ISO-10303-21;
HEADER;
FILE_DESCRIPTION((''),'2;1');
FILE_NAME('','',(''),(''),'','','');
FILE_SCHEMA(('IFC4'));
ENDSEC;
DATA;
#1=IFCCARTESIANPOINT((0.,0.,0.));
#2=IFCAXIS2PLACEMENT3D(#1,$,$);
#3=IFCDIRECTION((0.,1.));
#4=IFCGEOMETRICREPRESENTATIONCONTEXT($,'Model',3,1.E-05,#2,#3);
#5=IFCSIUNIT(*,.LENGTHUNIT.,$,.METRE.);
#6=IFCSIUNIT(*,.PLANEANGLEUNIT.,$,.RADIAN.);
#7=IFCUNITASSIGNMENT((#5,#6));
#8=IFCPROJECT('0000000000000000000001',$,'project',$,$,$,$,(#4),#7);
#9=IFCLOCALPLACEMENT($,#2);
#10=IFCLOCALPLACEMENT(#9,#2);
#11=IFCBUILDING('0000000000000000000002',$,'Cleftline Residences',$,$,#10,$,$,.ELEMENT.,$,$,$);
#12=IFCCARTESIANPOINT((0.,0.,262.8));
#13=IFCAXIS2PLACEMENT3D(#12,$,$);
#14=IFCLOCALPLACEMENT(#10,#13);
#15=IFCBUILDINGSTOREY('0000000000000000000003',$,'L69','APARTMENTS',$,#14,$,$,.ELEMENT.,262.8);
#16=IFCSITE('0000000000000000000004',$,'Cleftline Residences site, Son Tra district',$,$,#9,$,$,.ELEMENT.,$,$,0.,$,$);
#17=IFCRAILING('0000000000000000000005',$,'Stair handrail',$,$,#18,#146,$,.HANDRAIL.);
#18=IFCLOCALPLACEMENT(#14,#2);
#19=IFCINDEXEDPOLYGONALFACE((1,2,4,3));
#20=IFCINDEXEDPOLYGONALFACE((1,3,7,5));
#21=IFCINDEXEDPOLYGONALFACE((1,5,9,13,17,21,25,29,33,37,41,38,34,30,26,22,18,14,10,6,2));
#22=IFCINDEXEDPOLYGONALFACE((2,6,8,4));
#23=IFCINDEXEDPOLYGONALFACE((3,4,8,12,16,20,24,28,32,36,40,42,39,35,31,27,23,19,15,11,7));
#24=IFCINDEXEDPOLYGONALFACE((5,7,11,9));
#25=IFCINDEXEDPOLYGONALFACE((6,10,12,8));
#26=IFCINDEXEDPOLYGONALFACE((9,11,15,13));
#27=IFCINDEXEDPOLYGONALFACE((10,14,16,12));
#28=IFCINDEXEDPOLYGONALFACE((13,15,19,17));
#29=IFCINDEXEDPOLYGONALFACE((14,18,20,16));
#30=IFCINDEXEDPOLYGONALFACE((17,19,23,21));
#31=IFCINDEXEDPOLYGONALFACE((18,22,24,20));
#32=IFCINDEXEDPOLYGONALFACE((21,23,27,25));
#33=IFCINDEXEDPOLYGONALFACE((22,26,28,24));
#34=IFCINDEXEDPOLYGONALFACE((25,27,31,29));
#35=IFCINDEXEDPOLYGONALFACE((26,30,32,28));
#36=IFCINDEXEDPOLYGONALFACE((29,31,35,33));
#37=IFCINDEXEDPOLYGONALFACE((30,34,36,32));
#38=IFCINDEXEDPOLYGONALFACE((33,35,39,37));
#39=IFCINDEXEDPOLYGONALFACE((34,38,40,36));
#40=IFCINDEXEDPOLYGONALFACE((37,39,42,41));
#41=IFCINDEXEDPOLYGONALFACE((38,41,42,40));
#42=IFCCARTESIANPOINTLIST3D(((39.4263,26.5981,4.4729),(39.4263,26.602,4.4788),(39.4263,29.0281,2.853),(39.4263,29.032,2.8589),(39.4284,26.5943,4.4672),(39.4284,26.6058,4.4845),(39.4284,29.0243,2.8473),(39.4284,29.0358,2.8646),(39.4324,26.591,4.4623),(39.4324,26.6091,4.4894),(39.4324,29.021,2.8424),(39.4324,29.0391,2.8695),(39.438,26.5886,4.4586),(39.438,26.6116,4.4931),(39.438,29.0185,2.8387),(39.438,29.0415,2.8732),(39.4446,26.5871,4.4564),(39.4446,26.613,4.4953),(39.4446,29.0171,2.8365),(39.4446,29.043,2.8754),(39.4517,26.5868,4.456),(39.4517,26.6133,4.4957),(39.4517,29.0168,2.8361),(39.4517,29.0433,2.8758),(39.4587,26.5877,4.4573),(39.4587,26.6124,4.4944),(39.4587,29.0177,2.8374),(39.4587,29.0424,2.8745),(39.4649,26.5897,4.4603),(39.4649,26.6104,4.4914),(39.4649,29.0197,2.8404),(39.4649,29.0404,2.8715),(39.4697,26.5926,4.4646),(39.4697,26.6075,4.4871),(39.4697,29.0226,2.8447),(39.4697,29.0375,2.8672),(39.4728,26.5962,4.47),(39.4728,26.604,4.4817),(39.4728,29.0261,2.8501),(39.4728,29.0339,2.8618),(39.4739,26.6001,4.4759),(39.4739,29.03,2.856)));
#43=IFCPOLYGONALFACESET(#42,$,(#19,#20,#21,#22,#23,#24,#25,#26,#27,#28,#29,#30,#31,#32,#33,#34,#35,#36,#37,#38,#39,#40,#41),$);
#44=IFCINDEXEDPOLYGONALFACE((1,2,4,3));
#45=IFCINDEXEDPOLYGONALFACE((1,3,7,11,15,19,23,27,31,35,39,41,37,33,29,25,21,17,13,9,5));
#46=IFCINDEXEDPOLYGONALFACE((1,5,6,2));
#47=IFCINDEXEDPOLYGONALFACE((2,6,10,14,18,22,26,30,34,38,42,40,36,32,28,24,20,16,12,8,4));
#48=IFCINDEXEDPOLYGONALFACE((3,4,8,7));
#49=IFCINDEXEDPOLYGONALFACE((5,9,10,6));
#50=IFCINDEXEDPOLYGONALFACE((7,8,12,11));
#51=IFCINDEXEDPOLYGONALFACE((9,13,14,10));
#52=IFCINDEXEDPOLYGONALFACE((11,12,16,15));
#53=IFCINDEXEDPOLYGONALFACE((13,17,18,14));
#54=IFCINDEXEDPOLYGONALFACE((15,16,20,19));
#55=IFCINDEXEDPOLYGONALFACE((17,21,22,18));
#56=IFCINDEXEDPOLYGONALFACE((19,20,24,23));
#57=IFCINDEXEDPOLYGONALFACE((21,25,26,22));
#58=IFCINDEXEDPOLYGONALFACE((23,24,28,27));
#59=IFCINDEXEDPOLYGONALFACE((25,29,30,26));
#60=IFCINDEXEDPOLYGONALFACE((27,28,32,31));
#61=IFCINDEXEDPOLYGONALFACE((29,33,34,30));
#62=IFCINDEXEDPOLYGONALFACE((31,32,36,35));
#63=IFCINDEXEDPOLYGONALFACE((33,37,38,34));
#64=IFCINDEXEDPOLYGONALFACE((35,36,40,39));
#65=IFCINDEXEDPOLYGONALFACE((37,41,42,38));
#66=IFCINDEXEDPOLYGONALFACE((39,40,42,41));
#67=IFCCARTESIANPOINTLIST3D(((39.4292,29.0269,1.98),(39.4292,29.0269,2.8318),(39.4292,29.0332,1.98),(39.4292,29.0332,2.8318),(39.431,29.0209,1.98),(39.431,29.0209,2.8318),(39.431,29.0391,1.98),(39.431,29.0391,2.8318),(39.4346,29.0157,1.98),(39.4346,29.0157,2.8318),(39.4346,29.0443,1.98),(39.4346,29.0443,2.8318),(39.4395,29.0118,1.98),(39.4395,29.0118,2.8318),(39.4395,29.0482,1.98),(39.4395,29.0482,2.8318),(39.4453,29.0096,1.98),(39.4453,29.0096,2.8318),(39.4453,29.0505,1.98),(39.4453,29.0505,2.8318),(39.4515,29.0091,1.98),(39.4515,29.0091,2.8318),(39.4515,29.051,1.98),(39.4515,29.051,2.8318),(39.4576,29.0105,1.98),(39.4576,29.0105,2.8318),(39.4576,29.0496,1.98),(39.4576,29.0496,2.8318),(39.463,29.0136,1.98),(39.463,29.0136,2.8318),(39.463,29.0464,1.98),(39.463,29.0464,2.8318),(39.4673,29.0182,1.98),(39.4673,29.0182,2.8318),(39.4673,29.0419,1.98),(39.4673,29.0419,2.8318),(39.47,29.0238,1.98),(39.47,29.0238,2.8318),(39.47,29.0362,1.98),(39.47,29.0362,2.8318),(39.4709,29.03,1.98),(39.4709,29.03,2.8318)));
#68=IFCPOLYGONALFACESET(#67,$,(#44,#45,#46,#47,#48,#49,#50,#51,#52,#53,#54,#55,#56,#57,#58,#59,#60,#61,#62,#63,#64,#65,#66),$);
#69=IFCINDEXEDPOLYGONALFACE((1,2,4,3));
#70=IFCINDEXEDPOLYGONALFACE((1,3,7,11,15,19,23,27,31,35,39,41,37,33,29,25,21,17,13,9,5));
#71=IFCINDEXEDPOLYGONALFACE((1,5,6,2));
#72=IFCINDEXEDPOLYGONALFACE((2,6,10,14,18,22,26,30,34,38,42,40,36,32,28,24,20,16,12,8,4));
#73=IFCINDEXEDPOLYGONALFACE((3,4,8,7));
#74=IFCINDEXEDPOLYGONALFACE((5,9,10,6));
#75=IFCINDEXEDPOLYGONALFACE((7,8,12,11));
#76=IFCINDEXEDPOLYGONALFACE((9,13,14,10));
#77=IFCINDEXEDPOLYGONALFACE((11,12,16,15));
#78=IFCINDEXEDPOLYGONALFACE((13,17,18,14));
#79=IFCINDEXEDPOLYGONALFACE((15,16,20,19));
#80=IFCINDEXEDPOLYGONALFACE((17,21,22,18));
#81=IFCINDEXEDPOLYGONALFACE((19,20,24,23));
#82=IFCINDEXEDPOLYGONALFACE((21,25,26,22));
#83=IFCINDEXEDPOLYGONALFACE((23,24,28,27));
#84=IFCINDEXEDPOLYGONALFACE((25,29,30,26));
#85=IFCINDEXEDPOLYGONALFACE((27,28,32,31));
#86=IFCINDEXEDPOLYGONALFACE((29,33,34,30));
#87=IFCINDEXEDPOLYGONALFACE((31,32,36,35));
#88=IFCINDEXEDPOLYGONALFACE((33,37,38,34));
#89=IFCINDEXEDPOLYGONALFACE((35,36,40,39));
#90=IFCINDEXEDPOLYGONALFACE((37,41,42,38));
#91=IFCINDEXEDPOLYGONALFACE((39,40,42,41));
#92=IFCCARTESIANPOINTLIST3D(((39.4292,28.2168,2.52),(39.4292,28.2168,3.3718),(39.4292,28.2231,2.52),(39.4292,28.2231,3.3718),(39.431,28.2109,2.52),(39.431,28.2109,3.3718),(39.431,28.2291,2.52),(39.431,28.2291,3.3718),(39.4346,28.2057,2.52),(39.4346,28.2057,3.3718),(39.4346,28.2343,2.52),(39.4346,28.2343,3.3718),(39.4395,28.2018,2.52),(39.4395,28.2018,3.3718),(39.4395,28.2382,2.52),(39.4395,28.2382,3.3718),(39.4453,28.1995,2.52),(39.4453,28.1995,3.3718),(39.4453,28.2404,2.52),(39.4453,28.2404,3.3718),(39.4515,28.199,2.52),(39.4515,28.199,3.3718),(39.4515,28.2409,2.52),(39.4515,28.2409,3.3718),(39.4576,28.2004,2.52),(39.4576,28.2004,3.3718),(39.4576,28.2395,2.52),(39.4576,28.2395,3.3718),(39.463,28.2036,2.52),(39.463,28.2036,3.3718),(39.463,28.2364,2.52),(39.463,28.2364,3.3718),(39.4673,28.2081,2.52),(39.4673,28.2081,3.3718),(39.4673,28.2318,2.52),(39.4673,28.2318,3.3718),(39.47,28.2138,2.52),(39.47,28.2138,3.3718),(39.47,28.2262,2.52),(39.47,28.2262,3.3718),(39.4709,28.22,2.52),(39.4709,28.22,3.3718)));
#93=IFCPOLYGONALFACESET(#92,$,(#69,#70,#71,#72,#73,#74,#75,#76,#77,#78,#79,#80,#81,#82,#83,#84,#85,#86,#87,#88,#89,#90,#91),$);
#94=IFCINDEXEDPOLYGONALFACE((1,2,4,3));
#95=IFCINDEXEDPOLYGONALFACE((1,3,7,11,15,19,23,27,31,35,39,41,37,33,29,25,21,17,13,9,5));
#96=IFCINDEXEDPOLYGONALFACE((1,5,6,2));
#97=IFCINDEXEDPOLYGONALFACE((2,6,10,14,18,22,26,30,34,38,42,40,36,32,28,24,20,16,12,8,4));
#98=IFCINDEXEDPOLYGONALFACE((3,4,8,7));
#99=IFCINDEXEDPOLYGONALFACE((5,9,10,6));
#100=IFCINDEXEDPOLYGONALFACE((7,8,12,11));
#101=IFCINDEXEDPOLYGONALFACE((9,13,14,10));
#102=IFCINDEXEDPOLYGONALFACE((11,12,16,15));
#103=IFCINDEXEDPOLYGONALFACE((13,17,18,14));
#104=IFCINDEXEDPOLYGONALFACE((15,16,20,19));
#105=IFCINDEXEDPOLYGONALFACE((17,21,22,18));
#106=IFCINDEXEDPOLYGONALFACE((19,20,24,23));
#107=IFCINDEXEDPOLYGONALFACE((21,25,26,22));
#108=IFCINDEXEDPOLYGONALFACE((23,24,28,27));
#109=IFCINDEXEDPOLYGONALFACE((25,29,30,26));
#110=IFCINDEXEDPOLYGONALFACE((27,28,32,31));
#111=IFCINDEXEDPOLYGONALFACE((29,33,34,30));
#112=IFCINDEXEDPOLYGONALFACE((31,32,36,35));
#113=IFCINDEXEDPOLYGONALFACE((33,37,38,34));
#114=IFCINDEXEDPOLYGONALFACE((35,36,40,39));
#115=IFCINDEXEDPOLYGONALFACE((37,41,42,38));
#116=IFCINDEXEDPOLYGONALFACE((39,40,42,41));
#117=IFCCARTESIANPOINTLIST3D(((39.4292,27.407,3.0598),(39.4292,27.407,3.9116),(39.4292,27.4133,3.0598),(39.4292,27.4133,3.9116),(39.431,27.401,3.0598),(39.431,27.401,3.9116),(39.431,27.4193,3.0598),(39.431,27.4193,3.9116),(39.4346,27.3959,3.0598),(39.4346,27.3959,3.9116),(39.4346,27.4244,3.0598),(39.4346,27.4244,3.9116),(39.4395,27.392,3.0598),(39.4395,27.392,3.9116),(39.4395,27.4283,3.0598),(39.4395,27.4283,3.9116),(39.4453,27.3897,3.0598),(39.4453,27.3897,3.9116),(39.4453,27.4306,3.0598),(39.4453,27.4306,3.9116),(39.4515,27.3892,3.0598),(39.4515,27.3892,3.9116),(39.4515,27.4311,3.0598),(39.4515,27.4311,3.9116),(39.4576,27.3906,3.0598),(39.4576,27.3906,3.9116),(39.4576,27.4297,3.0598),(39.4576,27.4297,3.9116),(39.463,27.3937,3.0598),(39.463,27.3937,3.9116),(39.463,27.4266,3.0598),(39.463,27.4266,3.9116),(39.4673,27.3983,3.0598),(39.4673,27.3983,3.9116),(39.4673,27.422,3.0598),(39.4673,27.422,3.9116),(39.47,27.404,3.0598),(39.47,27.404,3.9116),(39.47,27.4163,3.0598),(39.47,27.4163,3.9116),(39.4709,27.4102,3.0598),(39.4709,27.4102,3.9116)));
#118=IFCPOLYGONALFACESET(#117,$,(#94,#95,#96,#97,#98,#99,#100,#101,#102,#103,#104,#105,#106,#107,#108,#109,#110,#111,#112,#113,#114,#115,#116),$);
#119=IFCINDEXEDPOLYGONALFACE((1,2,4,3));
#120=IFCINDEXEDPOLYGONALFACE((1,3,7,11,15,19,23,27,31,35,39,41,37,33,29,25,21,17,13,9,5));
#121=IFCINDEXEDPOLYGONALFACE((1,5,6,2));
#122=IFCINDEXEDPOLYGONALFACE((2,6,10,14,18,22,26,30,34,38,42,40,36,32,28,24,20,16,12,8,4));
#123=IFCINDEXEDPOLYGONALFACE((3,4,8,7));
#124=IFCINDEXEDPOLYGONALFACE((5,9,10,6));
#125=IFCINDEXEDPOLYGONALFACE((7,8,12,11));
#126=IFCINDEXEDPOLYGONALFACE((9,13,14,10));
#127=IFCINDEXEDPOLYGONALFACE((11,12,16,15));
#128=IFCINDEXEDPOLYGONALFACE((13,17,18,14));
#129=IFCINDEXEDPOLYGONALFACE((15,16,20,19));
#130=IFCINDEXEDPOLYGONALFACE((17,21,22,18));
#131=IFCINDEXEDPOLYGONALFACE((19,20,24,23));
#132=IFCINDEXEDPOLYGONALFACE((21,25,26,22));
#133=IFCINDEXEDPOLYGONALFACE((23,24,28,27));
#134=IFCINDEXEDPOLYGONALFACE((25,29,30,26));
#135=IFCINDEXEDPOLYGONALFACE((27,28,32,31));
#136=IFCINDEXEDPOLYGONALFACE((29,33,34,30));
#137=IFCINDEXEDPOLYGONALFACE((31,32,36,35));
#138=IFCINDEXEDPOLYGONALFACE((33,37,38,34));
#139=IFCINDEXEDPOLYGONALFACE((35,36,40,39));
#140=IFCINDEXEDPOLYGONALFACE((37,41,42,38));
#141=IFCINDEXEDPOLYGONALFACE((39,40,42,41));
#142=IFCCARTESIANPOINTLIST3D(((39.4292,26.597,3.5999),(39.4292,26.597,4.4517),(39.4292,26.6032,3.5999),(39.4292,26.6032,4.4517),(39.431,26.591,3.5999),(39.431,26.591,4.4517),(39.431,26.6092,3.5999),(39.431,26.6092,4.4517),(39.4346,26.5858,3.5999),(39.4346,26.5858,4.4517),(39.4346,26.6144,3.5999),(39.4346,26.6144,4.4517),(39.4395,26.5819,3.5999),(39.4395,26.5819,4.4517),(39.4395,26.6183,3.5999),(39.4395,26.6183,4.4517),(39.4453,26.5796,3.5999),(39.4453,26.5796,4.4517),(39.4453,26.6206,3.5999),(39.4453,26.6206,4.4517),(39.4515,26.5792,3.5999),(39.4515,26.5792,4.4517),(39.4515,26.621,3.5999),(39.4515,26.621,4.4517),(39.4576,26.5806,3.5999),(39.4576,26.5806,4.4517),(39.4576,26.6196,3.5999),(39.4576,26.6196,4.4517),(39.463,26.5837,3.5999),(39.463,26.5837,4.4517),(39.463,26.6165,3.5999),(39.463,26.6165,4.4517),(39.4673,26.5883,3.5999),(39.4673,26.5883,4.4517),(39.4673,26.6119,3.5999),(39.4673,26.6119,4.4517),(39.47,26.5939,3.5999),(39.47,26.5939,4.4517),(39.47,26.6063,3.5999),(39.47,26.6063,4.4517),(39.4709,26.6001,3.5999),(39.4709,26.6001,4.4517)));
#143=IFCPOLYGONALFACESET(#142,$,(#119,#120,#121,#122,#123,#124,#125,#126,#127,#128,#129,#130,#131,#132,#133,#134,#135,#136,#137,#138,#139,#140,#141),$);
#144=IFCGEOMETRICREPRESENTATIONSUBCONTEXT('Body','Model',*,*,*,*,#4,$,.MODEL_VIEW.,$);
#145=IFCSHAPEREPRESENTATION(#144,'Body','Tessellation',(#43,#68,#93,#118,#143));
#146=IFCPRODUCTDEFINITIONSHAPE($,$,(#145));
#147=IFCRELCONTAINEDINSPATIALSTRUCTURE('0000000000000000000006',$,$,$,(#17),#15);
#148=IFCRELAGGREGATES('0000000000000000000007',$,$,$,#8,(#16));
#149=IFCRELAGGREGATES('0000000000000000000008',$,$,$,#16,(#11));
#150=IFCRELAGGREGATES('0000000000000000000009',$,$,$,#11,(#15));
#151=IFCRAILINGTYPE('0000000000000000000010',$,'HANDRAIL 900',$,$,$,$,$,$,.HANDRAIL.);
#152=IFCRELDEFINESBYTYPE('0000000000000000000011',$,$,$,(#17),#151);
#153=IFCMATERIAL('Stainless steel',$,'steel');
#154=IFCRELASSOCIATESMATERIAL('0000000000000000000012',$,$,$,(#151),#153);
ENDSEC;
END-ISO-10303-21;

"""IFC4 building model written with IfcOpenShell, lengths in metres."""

from ifc_helpers import new_model, si_unit, direction, frame, origin, origin_2d, place, context, subcontext, project, spatial, circle, extrude, material, type_object, element, save


model = new_model("IFC4")

# Units and contexts
model_context = context("Model", 3, precision=1e-05, world=origin(), true_north=direction((0.0, 1.0)))
body_context = subcontext(model_context, "Body", "Model", "MODEL_VIEW")
ifc_project = project(units=[si_unit("LENGTHUNIT", "METRE"), si_unit("PLANEANGLEUNIT", "RADIAN")], contexts=[model_context])

# Site, building, storey
site_placement = place(None, origin())
site = spatial("IfcSite", under=ifc_project, at=site_placement, Name="Cleftline Residences site, Son Tra district", CompositionType="ELEMENT", RefElevation=0.0)
building_placement = place(site_placement, origin())
building = spatial("IfcBuilding", under=site, at=building_placement, Name="Cleftline Residences", CompositionType="ELEMENT")
storey_placement = place(building_placement, frame((0.0, 0.0, 262.8)))
storey = spatial("IfcBuildingStorey", under=building, at=storey_placement, Name="L69", Description="APARTMENTS", CompositionType="ELEMENT", Elevation=262.8)

# Railing
ifc_material_1 = material(Name="Stainless steel", Category="steel")
railing_type = type_object("IfcRailingType", Name="HANDRAIL 900", PredefinedType="HANDRAIL", material=ifc_material_1)
railing_1_placement = place(storey_placement, frame((39.45, 29.03, 1.98)))
element("IfcRailing", 1, at=railing_1_placement, inside=storey, type_object=railing_type, Name="Stair handrail", PredefinedType="HANDRAIL", context=body_context, shape_type="SweptSolid", body=[
    extrude(circle(Radius=0.0239, at=origin_2d()), frame((0.0, 0.0, 0.876), z_axis=(0.0, -0.832063, 0.554681), x_axis=(1.0, 0.0, 0.0)), (0.0, 0.0, 1.0), 2.9204),
    extrude(circle(Radius=0.021, at=origin_2d()), origin(), (0.0, 0.0, 1.0), 0.8518),
    extrude(circle(Radius=0.021, at=origin_2d()), frame((0.0, -0.8101, 0.54)), (0.0, 0.0, 1.0), 0.8518),
    extrude(circle(Radius=0.021, at=origin_2d()), frame((0.0, -1.6199, 1.0798)), (0.0, 0.0, 1.0), 0.8518),
    extrude(circle(Radius=0.021, at=origin_2d()), frame((0.0, -2.4299, 1.6199)), (0.0, 0.0, 1.0), 0.8518),
])

save(model, "model.ifc")
